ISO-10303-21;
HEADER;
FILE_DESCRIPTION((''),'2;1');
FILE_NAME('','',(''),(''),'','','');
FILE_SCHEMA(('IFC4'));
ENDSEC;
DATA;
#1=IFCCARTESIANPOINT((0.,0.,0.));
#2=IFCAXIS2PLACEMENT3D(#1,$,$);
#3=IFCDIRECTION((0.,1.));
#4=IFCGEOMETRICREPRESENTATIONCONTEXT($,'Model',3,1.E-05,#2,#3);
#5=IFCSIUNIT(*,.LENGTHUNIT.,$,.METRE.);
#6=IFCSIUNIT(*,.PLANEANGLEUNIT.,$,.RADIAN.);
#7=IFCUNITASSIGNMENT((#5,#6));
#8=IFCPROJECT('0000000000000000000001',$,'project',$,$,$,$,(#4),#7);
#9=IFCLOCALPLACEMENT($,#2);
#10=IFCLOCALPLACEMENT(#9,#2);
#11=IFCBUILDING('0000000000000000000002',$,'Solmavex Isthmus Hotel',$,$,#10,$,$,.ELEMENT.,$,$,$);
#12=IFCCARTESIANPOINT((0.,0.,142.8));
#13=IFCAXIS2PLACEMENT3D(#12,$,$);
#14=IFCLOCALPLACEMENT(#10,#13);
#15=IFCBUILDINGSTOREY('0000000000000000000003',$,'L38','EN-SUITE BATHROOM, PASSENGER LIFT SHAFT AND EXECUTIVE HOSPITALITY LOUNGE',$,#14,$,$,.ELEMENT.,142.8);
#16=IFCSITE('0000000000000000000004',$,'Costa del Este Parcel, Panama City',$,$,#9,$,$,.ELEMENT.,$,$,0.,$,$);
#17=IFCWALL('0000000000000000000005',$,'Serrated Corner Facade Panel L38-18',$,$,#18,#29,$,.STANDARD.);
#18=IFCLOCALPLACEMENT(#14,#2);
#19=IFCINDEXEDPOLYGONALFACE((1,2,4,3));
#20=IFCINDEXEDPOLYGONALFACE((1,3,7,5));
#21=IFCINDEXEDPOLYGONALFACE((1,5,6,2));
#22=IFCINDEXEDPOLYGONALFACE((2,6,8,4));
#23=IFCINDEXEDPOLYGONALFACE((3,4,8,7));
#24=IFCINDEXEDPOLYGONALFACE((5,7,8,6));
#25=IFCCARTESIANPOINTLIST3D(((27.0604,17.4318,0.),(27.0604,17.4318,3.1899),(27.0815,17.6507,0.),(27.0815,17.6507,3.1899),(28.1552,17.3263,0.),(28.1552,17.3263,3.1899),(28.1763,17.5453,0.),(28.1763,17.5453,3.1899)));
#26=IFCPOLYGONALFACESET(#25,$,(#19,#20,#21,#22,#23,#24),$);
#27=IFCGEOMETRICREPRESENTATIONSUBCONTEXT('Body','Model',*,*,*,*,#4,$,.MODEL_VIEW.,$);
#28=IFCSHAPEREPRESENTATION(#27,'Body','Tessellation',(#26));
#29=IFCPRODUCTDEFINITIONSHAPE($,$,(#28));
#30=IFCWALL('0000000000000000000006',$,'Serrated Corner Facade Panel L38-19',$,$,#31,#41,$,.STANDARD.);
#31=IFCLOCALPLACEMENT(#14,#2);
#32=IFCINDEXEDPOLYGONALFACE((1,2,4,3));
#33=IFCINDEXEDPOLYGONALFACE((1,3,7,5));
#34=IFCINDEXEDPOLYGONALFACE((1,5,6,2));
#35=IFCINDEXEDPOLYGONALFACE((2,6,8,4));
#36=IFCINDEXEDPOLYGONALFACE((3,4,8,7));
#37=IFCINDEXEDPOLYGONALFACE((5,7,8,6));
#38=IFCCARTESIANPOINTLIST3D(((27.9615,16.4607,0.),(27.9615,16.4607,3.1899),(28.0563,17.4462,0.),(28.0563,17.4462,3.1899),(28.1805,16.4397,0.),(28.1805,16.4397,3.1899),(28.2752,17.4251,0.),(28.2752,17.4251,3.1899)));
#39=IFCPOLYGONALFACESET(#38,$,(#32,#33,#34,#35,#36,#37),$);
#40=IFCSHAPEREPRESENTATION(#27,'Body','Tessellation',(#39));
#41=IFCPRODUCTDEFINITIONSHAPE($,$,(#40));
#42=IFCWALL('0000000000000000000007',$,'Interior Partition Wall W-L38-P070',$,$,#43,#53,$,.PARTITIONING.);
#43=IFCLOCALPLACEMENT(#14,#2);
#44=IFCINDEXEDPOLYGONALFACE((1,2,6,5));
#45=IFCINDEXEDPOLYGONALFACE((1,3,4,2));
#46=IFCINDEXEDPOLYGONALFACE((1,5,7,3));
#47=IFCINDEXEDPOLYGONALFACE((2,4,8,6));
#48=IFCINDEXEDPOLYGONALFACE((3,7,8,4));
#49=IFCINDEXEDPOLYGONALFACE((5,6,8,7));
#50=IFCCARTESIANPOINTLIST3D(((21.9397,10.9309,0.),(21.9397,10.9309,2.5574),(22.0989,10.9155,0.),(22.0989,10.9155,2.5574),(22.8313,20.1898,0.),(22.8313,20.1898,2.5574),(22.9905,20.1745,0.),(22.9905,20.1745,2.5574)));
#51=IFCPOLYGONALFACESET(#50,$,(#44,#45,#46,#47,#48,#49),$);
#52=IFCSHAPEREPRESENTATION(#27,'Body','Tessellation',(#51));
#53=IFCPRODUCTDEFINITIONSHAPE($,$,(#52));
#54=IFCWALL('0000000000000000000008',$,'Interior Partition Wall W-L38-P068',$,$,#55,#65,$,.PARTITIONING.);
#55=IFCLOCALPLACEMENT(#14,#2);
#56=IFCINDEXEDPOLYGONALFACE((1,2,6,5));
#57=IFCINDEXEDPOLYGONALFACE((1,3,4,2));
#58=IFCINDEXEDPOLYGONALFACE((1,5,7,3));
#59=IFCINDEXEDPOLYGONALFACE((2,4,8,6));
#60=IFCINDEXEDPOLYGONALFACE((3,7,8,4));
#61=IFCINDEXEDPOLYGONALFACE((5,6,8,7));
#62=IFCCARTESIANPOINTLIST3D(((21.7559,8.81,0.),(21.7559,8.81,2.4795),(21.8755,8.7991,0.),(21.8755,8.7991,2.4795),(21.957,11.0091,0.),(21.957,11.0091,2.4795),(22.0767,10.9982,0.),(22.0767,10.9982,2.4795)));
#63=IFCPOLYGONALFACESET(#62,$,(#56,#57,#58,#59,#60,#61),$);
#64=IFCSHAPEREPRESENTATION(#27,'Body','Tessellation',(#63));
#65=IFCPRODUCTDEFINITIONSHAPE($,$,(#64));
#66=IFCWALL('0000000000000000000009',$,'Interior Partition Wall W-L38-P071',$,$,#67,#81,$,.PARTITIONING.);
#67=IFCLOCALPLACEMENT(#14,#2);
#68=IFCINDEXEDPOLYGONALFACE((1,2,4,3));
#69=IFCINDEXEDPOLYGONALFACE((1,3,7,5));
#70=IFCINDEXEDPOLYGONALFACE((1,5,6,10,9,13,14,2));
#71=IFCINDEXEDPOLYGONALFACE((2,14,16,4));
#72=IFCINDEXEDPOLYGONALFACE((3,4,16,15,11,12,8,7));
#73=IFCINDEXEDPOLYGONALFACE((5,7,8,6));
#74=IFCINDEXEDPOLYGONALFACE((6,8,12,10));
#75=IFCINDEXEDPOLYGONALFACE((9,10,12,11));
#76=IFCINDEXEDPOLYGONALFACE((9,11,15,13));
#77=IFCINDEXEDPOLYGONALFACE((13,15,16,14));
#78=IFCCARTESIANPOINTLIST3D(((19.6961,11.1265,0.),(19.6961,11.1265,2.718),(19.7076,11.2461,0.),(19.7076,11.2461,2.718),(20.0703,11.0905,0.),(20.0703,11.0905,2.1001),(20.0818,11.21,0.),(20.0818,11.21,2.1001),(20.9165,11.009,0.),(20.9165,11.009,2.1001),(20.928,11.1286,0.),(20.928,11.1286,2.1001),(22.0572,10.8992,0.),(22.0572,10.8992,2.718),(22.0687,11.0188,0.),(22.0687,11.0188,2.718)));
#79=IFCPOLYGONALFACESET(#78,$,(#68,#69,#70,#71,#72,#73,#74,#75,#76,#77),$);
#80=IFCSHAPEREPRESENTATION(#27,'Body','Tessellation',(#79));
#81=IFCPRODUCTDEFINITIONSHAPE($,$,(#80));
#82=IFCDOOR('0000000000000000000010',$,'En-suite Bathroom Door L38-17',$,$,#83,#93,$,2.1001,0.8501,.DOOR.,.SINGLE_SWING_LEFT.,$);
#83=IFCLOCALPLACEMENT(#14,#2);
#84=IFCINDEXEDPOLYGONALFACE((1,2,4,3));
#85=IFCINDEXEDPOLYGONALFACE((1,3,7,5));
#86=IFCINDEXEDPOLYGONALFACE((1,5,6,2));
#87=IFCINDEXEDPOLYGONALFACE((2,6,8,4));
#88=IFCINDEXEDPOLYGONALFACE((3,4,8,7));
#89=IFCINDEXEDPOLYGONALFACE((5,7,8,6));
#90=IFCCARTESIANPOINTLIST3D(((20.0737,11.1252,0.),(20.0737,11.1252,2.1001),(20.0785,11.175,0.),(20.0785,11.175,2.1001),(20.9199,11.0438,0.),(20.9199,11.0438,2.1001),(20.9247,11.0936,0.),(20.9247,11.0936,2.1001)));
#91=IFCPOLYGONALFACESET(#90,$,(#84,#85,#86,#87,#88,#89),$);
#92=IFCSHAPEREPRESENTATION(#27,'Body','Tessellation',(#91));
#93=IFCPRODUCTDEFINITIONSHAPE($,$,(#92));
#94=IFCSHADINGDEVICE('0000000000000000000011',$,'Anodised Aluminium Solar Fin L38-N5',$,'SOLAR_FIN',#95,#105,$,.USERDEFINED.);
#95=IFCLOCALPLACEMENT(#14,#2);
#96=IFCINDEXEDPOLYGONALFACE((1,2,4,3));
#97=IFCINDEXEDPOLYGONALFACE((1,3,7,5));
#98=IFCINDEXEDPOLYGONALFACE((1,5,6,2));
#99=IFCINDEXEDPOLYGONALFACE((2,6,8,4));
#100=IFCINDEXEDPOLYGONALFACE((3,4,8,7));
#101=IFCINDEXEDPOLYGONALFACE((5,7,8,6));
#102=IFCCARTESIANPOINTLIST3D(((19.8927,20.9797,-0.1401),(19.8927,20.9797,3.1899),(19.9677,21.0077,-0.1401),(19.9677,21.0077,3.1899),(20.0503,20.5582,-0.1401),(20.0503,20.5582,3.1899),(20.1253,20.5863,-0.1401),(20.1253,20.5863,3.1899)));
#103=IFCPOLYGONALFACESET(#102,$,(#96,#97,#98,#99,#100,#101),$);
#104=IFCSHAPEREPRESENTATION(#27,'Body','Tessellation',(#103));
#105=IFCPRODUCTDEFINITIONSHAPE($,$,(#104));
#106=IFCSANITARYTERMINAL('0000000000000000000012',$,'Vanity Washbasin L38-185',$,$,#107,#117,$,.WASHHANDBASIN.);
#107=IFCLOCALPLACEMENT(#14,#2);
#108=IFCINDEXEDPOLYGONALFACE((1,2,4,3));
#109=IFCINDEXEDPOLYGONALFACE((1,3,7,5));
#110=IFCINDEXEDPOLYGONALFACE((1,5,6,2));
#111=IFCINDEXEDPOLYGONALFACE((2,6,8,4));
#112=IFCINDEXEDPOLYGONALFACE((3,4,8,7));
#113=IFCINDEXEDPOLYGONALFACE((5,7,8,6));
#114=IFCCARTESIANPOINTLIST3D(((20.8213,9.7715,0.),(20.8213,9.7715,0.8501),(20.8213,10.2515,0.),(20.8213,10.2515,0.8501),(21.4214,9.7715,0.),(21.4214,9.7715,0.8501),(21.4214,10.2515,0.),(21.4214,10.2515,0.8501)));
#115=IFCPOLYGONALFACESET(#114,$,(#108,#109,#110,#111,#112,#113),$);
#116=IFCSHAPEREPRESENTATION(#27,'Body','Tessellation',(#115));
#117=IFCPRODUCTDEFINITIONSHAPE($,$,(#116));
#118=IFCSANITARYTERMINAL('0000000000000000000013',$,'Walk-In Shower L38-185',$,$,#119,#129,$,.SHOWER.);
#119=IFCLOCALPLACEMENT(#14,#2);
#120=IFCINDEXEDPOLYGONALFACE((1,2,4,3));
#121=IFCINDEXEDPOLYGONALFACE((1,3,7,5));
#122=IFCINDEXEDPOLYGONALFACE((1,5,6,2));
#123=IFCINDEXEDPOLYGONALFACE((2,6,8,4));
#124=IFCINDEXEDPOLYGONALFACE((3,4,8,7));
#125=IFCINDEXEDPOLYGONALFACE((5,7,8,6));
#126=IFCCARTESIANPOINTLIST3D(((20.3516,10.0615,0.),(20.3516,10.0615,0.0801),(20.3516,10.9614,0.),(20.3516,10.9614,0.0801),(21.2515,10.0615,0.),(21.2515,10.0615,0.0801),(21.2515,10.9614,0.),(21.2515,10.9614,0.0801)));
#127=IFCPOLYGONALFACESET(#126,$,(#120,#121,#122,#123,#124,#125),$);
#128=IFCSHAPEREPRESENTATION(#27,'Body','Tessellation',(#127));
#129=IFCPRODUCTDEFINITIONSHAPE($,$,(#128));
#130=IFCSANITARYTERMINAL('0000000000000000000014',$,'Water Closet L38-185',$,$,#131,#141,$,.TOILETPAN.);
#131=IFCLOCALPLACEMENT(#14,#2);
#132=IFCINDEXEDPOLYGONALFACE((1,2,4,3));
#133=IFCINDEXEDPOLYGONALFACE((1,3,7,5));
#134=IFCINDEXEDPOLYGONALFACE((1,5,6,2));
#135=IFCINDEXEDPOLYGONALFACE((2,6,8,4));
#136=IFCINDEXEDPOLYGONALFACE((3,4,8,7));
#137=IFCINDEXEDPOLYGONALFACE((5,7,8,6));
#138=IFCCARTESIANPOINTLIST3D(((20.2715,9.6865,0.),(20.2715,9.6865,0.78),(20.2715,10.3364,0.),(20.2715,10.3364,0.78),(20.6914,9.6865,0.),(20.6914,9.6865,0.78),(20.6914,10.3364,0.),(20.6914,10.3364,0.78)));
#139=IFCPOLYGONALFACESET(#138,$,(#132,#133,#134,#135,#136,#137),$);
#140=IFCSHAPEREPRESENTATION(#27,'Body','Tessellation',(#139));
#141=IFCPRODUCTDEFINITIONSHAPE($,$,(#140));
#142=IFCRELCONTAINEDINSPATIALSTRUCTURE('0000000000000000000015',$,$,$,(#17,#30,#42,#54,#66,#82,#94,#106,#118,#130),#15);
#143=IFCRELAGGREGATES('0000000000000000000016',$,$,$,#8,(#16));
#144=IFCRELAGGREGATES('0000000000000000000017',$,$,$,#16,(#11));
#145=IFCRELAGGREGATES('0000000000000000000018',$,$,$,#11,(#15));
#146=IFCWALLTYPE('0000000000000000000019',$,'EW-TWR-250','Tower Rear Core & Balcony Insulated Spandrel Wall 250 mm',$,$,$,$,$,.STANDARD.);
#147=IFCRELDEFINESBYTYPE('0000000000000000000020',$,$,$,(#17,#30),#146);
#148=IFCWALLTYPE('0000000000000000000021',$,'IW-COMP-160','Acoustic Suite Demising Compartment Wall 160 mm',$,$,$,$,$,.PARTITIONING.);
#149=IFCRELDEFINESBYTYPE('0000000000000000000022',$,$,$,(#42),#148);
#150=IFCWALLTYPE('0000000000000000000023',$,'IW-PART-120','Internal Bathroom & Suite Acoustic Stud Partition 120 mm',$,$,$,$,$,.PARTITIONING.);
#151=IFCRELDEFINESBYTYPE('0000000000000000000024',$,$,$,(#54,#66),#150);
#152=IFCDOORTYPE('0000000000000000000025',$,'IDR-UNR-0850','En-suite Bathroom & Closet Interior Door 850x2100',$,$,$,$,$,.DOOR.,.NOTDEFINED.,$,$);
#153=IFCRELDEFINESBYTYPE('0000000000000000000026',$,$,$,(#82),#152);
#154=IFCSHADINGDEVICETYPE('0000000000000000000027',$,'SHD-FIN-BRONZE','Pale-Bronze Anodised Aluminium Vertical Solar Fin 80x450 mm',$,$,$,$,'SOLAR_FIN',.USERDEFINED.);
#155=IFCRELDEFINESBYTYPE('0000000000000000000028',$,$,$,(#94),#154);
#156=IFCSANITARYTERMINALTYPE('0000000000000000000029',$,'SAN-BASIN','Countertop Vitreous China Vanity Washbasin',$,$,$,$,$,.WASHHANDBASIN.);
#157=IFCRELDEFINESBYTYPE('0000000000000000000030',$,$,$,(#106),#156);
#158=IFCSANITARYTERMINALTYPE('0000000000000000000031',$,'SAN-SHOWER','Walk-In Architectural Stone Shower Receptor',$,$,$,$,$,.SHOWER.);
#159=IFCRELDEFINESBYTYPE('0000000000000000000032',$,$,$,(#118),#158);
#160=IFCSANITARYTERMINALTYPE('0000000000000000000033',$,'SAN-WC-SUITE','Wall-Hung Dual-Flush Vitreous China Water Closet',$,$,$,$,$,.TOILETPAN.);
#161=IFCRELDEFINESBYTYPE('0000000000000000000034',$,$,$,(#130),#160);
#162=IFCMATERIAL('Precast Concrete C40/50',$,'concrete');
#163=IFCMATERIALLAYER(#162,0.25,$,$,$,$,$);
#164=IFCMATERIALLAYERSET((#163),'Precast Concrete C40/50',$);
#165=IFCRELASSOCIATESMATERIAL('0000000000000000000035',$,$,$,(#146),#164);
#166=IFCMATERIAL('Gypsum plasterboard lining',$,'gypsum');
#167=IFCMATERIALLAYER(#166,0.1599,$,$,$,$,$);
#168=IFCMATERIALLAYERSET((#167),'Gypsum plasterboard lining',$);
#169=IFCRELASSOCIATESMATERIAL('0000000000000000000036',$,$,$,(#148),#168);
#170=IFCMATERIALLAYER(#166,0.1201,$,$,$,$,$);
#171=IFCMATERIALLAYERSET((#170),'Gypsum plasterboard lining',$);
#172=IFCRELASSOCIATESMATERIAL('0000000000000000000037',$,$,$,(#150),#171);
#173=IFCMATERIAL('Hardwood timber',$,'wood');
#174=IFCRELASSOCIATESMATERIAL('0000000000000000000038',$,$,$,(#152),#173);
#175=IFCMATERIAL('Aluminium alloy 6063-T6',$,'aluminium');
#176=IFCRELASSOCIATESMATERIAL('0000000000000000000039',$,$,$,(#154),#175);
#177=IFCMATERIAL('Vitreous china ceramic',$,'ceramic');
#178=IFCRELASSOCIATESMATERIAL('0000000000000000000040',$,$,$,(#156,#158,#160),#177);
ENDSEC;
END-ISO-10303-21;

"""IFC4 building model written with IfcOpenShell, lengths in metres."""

from ifc_helpers import new_model, si_unit, direction, frame, frame_2d, origin, origin_2d, place, context, subcontext, project, spatial, rectangle, extrude, material, layer, layer_set, type_object, element, fill, save


model = new_model("IFC4")

# Units and contexts
model_context = context("Model", 3, precision=1e-05, world=origin(), true_north=direction((0.0, 1.0)))
body_context = subcontext(model_context, "Body", "Model", "MODEL_VIEW")
ifc_project = project(units=[si_unit("LENGTHUNIT", "METRE"), si_unit("PLANEANGLEUNIT", "RADIAN")], contexts=[model_context])

# Site, building, storey
site_placement = place(None, origin())
site = spatial("IfcSite", under=ifc_project, at=site_placement, Name="Costa del Este Parcel, Panama City", CompositionType="ELEMENT", RefElevation=0.0)
building_placement = place(site_placement, origin())
building = spatial("IfcBuilding", under=site, at=building_placement, Name="Solmavex Isthmus Hotel", CompositionType="ELEMENT")
storey_placement = place(building_placement, frame((0.0, 0.0, 142.8)))
storey = spatial("IfcBuildingStorey", under=building, at=storey_placement, Name="L38", Description="EN-SUITE BATHROOM, PASSENGER LIFT SHAFT AND EXECUTIVE HOSPITALITY LOUNGE", CompositionType="ELEMENT", Elevation=142.8)

# Shared definitions
ifc_material_1 = material(Name="Aluminium alloy 6063-T6", Category="aluminium")

# Walls
ifc_material_2 = material(Name="Precast Concrete C40/50", Category="concrete")
ifc_layer_1 = layer(ifc_material_2, 0.25)
ifc_layer_set_1 = layer_set([ifc_layer_1], Name="Precast Concrete C40/50")
wall_type_1 = type_object("IfcWallType", Name="EW-TWR-250", Description="Tower Rear Core & Balcony Insulated Spandrel Wall 250 mm", PredefinedType="STANDARD", material=ifc_layer_set_1)
wall_1_placement = place(storey_placement, frame((27.071, 17.5413, 0.0), z_axis=(0.0, 0.0, 1.0), x_axis=(0.995391, -0.095899, 0.0)))
element("IfcWall", 1, at=wall_1_placement, inside=storey, type_object=wall_type_1, Name="Serrated Corner Facade Panel L38-18", PredefinedType="STANDARD", context=body_context, shape_type="SweptSolid", body=[
    extrude(rectangle(XDim=1.0999, YDim=0.22, at=frame_2d((0.5498, 0.0))), origin(), (0.0, 0.0, 1.0), 3.1899),
])
wall_2_placement = place(storey_placement, frame((28.1658, 17.4358, 0.0), z_axis=(0.0, 0.0, 1.0), x_axis=(-0.095694, -0.995411, 0.0)))
element("IfcWall", 2, at=wall_2_placement, inside=storey, type_object=wall_type_1, Name="Serrated Corner Facade Panel L38-19", PredefinedType="STANDARD", context=body_context, shape_type="SweptSolid", body=[
    extrude(rectangle(XDim=0.99, YDim=0.22, at=frame_2d((0.4951, 0.0))), origin(), (0.0, 0.0, 1.0), 3.1899),
])

# Shared definitions
ifc_material_3 = material(Name="Gypsum plasterboard lining", Category="gypsum")
ifc_layer_2 = layer(ifc_material_3, 0.1599)
ifc_layer_set_2 = layer_set([ifc_layer_2], Name="Gypsum plasterboard lining")
wall_type_2 = type_object("IfcWallType", Name="IW-COMP-160", Description="Acoustic Suite Demising Compartment Wall 160 mm", PredefinedType="PARTITIONING", material=ifc_layer_set_2)
ifc_material_4 = material(Name="Hardwood timber", Category="wood")

# Walls
wall_3_placement = place(storey_placement, frame((22.9109, 20.1821, 0.0), z_axis=(0.0, 0.0, 1.0), x_axis=(-0.095852, -0.995396, 0.0)))
element("IfcWall", 3, at=wall_3_placement, inside=storey, type_object=wall_type_2, Name="Interior Partition Wall W-L38-P070", PredefinedType="PARTITIONING", context=body_context, shape_type="SweptSolid", body=[
    extrude(rectangle(XDim=9.3018, YDim=0.1599, at=frame_2d((4.6509, 0.0))), origin(), (0.0, 0.0, 1.0), 2.5574),
])
ifc_layer_3 = layer(ifc_material_3, 0.1201)
ifc_layer_set_3 = layer_set([ifc_layer_3], Name="Gypsum plasterboard lining")
wall_type_3 = type_object("IfcWallType", Name="IW-PART-120", Description="Internal Bathroom & Suite Acoustic Stud Partition 120 mm", PredefinedType="PARTITIONING", material=ifc_layer_set_3)
wall_4_placement = place(storey_placement, frame((21.8157, 8.8047, 0.0), z_axis=(0.0, 0.0, 1.0), x_axis=(0.091104, 0.995841, 0.0)))
element("IfcWall", 4, at=wall_4_placement, inside=storey, type_object=wall_type_3, Name="Interior Partition Wall W-L38-P068", PredefinedType="PARTITIONING", context=body_context, shape_type="SweptSolid", body=[
    extrude(rectangle(XDim=2.2083, YDim=0.1201, at=frame_2d((1.104, 0.0))), origin(), (0.0, 0.0, 1.0), 2.4795),
])

# Wall, opening, door
wall_5_placement = place(storey_placement, frame((22.063, 10.959, 0.0), z_axis=(0.0, 0.0, 1.0), x_axis=(-0.995398, 0.095824, 0.0)))
wall_5 = element("IfcWall", 5, at=wall_5_placement, inside=storey, type_object=wall_type_3, Name="Interior Partition Wall W-L38-P071", PredefinedType="PARTITIONING", context=body_context, shape_type="SweptSolid", body=[
    extrude(rectangle(XDim=2.3721, YDim=0.1201, at=frame_2d((1.186, 0.0))), origin(), (0.0, 0.0, 1.0), 2.718),
])
opening_1_placement = place(wall_5_placement, frame((1.146, 0.0, 0.0)))
opening_1 = element("IfcOpeningElement", 6, at=opening_1_placement, cuts=wall_5, PredefinedType="OPENING", context=body_context, shape_type="SweptSolid", body=[
    extrude(rectangle(XDim=0.8501, YDim=2.1001, at=frame_2d((0.425, 1.05))), frame((0.0, 0.0701, 0.0), z_axis=(0.0, -1.0, 0.0), x_axis=(1.0, 0.0, 0.0)), (0.0, 0.0, 1.0), 0.1401),
])
door_type_1 = type_object("IfcDoorType", Name="IDR-UNR-0850", Description="En-suite Bathroom & Closet Interior Door 850x2100", OperationType="NOTDEFINED", PredefinedType="DOOR", material=ifc_material_4)
door_1_placement = place(opening_1_placement, frame((0.8501, 0.0, 0.0), z_axis=(0.0, 0.0, 1.0), x_axis=(-1.0, 0.0, 0.0)))
door_1 = element("IfcDoor", 7, at=door_1_placement, inside=storey, type_object=door_type_1, Name="En-suite Bathroom Door L38-17", OperationType="SINGLE_SWING_LEFT", OverallHeight=2.1001, OverallWidth=0.8501, PredefinedType="DOOR", context=body_context, shape_type="SweptSolid", body=[
    extrude(rectangle(XDim=0.8501, YDim=2.1001, at=frame_2d((0.425, 1.05))), frame((0.0, 0.0249, 0.0), z_axis=(0.0, -1.0, 0.0), x_axis=(1.0, 0.0, 0.0)), (0.0, 0.0, 1.0), 0.05),
])
fill(opening_1, door_1)

# Shading device
shading_device_type = type_object("IfcShadingDeviceType", Name="SHD-FIN-BRONZE", Description="Pale-Bronze Anodised Aluminium Vertical Solar Fin 80x450 mm", ElementType="SOLAR_FIN", PredefinedType="USERDEFINED", material=ifc_material_1)
shading_device_placement = place(storey_placement, frame((20.009, 20.783, -0.1401), z_axis=(0.0, 0.0, 1.0), x_axis=(-0.350207, 0.936672, 0.0)))
element("IfcShadingDevice", 8, at=shading_device_placement, inside=storey, type_object=shading_device_type, Name="Anodised Aluminium Solar Fin L38-N5", ObjectType="SOLAR_FIN", PredefinedType="USERDEFINED", context=body_context, shape_type="SweptSolid", body=[
    extrude(rectangle(XDim=0.45, YDim=0.0801, at=origin_2d()), origin(), (0.0, 0.0, 1.0), 3.3301),
])

# Sanitary terminals
ifc_material_5 = material(Name="Vitreous china ceramic", Category="ceramic")
sanitary_terminal_type_1 = type_object("IfcSanitaryTerminalType", Name="SAN-BASIN", Description="Countertop Vitreous China Vanity Washbasin", PredefinedType="WASHHANDBASIN", material=ifc_material_5)
sanitary_terminal_1_placement = place(storey_placement, frame((21.1213, 10.0115, 0.0), z_axis=(0.0, 0.0, 1.0), x_axis=(1.0, 0.0, 0.0)))
element("IfcSanitaryTerminal", 9, at=sanitary_terminal_1_placement, inside=storey, type_object=sanitary_terminal_type_1, Name="Vanity Washbasin L38-185", PredefinedType="WASHHANDBASIN", context=body_context, shape_type="SweptSolid", body=[
    extrude(rectangle(XDim=0.6001, YDim=0.48, at=origin_2d()), origin(), (0.0, 0.0, 1.0), 0.8501),
])
sanitary_terminal_type_2 = type_object("IfcSanitaryTerminalType", Name="SAN-SHOWER", Description="Walk-In Architectural Stone Shower Receptor", PredefinedType="SHOWER", material=ifc_material_5)
sanitary_terminal_2_placement = place(storey_placement, frame((20.8015, 10.5115, 0.0), z_axis=(0.0, 0.0, 1.0), x_axis=(1.0, 0.0, 0.0)))
element("IfcSanitaryTerminal", 10, at=sanitary_terminal_2_placement, inside=storey, type_object=sanitary_terminal_type_2, Name="Walk-In Shower L38-185", PredefinedType="SHOWER", context=body_context, shape_type="SweptSolid", body=[
    extrude(rectangle(XDim=0.8999, YDim=0.8999, at=origin_2d()), origin(), (0.0, 0.0, 1.0), 0.0801),
])
sanitary_terminal_type_3 = type_object("IfcSanitaryTerminalType", Name="SAN-WC-SUITE", Description="Wall-Hung Dual-Flush Vitreous China Water Closet", PredefinedType="TOILETPAN", material=ifc_material_5)
sanitary_terminal_3_placement = place(storey_placement, frame((20.4814, 10.0115, 0.0), z_axis=(0.0, 0.0, 1.0), x_axis=(1.0, 0.0, 0.0)))
element("IfcSanitaryTerminal", 11, at=sanitary_terminal_3_placement, inside=storey, type_object=sanitary_terminal_type_3, Name="Water Closet L38-185", PredefinedType="TOILETPAN", context=body_context, shape_type="SweptSolid", body=[
    extrude(rectangle(XDim=0.4199, YDim=0.6499, at=origin_2d()), origin(), (0.0, 0.0, 1.0), 0.78),
])

save(model, "model.ifc")
